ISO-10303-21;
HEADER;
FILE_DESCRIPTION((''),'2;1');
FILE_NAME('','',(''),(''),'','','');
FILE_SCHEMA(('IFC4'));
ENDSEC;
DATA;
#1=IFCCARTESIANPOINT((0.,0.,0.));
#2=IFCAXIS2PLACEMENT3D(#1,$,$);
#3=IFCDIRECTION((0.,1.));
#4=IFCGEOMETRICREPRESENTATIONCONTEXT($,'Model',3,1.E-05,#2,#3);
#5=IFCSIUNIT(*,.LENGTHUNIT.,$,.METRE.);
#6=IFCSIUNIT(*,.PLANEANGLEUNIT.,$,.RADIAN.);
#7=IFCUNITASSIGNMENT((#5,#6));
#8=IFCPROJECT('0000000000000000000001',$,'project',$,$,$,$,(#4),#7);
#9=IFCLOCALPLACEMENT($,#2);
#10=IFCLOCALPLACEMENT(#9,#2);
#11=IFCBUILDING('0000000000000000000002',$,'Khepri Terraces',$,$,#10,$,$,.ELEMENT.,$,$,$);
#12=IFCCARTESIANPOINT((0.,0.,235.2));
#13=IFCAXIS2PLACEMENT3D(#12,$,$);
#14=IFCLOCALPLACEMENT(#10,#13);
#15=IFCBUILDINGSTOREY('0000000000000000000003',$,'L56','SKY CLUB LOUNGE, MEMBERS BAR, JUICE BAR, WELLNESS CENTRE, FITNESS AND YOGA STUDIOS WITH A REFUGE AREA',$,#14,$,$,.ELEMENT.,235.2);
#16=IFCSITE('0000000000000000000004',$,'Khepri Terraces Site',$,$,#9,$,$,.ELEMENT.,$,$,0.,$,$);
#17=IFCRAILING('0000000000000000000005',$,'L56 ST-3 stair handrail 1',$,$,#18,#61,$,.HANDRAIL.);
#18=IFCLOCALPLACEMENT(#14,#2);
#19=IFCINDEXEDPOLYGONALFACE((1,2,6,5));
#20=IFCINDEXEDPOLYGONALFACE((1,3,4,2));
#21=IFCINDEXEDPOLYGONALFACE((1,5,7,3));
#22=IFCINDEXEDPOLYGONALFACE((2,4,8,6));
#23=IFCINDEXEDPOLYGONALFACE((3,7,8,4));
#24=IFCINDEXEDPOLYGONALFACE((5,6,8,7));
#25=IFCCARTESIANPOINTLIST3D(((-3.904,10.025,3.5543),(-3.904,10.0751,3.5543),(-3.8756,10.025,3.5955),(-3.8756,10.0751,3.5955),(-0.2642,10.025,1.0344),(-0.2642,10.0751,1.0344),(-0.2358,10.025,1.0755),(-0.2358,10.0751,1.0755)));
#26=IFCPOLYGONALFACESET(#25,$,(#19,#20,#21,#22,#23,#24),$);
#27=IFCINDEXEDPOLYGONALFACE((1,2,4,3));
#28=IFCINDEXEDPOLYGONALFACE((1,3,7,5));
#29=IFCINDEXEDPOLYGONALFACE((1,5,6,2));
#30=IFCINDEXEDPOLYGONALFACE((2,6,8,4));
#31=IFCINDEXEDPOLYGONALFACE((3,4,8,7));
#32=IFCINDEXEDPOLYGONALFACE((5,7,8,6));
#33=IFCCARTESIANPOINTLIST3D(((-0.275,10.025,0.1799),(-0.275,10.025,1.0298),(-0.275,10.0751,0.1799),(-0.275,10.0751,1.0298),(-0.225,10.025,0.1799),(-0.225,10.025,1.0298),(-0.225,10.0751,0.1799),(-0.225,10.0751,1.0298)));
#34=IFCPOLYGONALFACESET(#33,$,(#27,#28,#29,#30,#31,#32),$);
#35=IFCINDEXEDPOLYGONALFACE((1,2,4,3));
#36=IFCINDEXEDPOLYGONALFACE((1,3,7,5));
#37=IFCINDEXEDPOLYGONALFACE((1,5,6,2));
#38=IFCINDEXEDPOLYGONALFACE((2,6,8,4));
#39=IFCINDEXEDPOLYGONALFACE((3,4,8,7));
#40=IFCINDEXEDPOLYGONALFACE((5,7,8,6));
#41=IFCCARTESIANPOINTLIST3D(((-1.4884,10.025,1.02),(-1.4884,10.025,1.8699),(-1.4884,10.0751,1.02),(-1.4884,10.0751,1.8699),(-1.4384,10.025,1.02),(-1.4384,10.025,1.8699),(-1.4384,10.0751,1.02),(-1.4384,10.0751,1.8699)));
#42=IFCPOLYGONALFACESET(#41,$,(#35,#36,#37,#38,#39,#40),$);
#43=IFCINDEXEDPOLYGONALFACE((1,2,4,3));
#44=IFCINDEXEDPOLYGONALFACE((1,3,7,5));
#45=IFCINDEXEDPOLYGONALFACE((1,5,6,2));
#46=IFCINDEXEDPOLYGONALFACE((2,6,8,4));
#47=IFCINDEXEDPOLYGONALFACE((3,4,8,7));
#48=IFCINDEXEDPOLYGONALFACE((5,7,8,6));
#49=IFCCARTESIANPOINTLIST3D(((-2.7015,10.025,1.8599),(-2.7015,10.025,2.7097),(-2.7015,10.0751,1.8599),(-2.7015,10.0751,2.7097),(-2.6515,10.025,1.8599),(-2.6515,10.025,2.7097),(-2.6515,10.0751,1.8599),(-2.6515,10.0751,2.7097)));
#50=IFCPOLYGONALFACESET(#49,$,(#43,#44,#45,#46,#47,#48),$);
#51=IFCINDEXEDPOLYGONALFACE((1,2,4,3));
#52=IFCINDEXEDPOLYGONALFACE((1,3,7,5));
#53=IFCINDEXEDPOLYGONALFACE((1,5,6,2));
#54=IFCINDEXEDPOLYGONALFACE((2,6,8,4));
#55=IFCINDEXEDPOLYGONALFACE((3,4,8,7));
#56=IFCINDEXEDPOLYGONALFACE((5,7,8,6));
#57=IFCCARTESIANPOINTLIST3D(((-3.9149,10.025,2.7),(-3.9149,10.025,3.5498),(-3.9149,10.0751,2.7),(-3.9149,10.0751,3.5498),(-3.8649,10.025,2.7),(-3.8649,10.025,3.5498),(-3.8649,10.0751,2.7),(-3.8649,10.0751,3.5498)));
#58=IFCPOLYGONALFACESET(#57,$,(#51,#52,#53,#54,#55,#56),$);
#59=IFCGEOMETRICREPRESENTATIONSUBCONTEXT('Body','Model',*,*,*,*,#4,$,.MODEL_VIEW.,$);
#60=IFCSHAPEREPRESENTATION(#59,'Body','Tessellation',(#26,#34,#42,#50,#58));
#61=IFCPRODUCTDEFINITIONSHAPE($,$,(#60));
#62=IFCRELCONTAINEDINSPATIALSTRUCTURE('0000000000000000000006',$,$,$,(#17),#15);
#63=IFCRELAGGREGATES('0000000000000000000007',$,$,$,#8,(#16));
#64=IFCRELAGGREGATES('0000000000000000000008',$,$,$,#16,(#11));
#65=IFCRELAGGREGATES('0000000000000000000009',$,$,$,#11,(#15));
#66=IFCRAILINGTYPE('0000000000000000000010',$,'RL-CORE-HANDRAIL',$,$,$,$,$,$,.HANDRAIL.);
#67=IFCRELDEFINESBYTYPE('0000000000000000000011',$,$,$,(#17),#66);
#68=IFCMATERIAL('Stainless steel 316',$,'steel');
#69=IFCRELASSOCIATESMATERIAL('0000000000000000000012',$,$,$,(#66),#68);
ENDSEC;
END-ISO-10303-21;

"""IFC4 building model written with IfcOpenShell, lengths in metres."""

from ifc_helpers import new_model, si_unit, direction, frame, origin, origin_2d, place, context, subcontext, project, spatial, rectangle, extrude, material, type_object, element, save


model = new_model("IFC4")

# Units and contexts
model_context = context("Model", 3, precision=1e-05, world=origin(), true_north=direction((0.0, 1.0)))
body_context = subcontext(model_context, "Body", "Model", "MODEL_VIEW")
ifc_project = project(units=[si_unit("LENGTHUNIT", "METRE"), si_unit("PLANEANGLEUNIT", "RADIAN")], contexts=[model_context])

# Site, building, storey
site_placement = place(None, origin())
site = spatial("IfcSite", under=ifc_project, at=site_placement, Name="Khepri Terraces Site", CompositionType="ELEMENT", RefElevation=0.0)
building_placement = place(site_placement, origin())
building = spatial("IfcBuilding", under=site, at=building_placement, Name="Khepri Terraces", CompositionType="ELEMENT")
storey_placement = place(building_placement, frame((0.0, 0.0, 235.2)))
storey = spatial("IfcBuildingStorey", under=building, at=storey_placement, Name="L56", Description="SKY CLUB LOUNGE, MEMBERS BAR, JUICE BAR, WELLNESS CENTRE, FITNESS AND YOGA STUDIOS WITH A REFUGE AREA", CompositionType="ELEMENT", Elevation=235.2)

# Railing
ifc_material_1 = material(Name="Stainless steel 316", Category="steel")
railing_type_1 = type_object("IfcRailingType", Name="RL-CORE-HANDRAIL", PredefinedType="HANDRAIL", material=ifc_material_1)
railing_1_placement = place(storey_placement, frame((-0.25, 10.05, 0.1799)))
element("IfcRailing", 1, at=railing_1_placement, inside=storey, type_object=railing_type_1, Name="L56 ST-3 stair handrail 1", PredefinedType="HANDRAIL", context=body_context, shape_type="SweptSolid", body=[
    extrude(rectangle(XDim=0.05, YDim=0.05, at=origin_2d()), frame((0.0, 0.0, 0.875), z_axis=(-0.822182, 0.0, 0.569224), x_axis=(0.0, -1.0, 0.0)), (0.0, 0.0, 1.0), 4.427),
    extrude(rectangle(XDim=0.05, YDim=0.05, at=origin_2d()), origin(), (0.0, 0.0, 1.0), 0.8499),
    extrude(rectangle(XDim=0.05, YDim=0.05, at=origin_2d()), frame((-1.2134, 0.0, 0.8401)), (0.0, 0.0, 1.0), 0.8499),
    extrude(rectangle(XDim=0.05, YDim=0.05, at=origin_2d()), frame((-2.4265, 0.0, 1.6799)), (0.0, 0.0, 1.0), 0.8499),
    extrude(rectangle(XDim=0.05, YDim=0.05, at=origin_2d()), frame((-3.6399, 0.0, 2.52)), (0.0, 0.0, 1.0), 0.8499),
])

save(model, "model.ifc")
